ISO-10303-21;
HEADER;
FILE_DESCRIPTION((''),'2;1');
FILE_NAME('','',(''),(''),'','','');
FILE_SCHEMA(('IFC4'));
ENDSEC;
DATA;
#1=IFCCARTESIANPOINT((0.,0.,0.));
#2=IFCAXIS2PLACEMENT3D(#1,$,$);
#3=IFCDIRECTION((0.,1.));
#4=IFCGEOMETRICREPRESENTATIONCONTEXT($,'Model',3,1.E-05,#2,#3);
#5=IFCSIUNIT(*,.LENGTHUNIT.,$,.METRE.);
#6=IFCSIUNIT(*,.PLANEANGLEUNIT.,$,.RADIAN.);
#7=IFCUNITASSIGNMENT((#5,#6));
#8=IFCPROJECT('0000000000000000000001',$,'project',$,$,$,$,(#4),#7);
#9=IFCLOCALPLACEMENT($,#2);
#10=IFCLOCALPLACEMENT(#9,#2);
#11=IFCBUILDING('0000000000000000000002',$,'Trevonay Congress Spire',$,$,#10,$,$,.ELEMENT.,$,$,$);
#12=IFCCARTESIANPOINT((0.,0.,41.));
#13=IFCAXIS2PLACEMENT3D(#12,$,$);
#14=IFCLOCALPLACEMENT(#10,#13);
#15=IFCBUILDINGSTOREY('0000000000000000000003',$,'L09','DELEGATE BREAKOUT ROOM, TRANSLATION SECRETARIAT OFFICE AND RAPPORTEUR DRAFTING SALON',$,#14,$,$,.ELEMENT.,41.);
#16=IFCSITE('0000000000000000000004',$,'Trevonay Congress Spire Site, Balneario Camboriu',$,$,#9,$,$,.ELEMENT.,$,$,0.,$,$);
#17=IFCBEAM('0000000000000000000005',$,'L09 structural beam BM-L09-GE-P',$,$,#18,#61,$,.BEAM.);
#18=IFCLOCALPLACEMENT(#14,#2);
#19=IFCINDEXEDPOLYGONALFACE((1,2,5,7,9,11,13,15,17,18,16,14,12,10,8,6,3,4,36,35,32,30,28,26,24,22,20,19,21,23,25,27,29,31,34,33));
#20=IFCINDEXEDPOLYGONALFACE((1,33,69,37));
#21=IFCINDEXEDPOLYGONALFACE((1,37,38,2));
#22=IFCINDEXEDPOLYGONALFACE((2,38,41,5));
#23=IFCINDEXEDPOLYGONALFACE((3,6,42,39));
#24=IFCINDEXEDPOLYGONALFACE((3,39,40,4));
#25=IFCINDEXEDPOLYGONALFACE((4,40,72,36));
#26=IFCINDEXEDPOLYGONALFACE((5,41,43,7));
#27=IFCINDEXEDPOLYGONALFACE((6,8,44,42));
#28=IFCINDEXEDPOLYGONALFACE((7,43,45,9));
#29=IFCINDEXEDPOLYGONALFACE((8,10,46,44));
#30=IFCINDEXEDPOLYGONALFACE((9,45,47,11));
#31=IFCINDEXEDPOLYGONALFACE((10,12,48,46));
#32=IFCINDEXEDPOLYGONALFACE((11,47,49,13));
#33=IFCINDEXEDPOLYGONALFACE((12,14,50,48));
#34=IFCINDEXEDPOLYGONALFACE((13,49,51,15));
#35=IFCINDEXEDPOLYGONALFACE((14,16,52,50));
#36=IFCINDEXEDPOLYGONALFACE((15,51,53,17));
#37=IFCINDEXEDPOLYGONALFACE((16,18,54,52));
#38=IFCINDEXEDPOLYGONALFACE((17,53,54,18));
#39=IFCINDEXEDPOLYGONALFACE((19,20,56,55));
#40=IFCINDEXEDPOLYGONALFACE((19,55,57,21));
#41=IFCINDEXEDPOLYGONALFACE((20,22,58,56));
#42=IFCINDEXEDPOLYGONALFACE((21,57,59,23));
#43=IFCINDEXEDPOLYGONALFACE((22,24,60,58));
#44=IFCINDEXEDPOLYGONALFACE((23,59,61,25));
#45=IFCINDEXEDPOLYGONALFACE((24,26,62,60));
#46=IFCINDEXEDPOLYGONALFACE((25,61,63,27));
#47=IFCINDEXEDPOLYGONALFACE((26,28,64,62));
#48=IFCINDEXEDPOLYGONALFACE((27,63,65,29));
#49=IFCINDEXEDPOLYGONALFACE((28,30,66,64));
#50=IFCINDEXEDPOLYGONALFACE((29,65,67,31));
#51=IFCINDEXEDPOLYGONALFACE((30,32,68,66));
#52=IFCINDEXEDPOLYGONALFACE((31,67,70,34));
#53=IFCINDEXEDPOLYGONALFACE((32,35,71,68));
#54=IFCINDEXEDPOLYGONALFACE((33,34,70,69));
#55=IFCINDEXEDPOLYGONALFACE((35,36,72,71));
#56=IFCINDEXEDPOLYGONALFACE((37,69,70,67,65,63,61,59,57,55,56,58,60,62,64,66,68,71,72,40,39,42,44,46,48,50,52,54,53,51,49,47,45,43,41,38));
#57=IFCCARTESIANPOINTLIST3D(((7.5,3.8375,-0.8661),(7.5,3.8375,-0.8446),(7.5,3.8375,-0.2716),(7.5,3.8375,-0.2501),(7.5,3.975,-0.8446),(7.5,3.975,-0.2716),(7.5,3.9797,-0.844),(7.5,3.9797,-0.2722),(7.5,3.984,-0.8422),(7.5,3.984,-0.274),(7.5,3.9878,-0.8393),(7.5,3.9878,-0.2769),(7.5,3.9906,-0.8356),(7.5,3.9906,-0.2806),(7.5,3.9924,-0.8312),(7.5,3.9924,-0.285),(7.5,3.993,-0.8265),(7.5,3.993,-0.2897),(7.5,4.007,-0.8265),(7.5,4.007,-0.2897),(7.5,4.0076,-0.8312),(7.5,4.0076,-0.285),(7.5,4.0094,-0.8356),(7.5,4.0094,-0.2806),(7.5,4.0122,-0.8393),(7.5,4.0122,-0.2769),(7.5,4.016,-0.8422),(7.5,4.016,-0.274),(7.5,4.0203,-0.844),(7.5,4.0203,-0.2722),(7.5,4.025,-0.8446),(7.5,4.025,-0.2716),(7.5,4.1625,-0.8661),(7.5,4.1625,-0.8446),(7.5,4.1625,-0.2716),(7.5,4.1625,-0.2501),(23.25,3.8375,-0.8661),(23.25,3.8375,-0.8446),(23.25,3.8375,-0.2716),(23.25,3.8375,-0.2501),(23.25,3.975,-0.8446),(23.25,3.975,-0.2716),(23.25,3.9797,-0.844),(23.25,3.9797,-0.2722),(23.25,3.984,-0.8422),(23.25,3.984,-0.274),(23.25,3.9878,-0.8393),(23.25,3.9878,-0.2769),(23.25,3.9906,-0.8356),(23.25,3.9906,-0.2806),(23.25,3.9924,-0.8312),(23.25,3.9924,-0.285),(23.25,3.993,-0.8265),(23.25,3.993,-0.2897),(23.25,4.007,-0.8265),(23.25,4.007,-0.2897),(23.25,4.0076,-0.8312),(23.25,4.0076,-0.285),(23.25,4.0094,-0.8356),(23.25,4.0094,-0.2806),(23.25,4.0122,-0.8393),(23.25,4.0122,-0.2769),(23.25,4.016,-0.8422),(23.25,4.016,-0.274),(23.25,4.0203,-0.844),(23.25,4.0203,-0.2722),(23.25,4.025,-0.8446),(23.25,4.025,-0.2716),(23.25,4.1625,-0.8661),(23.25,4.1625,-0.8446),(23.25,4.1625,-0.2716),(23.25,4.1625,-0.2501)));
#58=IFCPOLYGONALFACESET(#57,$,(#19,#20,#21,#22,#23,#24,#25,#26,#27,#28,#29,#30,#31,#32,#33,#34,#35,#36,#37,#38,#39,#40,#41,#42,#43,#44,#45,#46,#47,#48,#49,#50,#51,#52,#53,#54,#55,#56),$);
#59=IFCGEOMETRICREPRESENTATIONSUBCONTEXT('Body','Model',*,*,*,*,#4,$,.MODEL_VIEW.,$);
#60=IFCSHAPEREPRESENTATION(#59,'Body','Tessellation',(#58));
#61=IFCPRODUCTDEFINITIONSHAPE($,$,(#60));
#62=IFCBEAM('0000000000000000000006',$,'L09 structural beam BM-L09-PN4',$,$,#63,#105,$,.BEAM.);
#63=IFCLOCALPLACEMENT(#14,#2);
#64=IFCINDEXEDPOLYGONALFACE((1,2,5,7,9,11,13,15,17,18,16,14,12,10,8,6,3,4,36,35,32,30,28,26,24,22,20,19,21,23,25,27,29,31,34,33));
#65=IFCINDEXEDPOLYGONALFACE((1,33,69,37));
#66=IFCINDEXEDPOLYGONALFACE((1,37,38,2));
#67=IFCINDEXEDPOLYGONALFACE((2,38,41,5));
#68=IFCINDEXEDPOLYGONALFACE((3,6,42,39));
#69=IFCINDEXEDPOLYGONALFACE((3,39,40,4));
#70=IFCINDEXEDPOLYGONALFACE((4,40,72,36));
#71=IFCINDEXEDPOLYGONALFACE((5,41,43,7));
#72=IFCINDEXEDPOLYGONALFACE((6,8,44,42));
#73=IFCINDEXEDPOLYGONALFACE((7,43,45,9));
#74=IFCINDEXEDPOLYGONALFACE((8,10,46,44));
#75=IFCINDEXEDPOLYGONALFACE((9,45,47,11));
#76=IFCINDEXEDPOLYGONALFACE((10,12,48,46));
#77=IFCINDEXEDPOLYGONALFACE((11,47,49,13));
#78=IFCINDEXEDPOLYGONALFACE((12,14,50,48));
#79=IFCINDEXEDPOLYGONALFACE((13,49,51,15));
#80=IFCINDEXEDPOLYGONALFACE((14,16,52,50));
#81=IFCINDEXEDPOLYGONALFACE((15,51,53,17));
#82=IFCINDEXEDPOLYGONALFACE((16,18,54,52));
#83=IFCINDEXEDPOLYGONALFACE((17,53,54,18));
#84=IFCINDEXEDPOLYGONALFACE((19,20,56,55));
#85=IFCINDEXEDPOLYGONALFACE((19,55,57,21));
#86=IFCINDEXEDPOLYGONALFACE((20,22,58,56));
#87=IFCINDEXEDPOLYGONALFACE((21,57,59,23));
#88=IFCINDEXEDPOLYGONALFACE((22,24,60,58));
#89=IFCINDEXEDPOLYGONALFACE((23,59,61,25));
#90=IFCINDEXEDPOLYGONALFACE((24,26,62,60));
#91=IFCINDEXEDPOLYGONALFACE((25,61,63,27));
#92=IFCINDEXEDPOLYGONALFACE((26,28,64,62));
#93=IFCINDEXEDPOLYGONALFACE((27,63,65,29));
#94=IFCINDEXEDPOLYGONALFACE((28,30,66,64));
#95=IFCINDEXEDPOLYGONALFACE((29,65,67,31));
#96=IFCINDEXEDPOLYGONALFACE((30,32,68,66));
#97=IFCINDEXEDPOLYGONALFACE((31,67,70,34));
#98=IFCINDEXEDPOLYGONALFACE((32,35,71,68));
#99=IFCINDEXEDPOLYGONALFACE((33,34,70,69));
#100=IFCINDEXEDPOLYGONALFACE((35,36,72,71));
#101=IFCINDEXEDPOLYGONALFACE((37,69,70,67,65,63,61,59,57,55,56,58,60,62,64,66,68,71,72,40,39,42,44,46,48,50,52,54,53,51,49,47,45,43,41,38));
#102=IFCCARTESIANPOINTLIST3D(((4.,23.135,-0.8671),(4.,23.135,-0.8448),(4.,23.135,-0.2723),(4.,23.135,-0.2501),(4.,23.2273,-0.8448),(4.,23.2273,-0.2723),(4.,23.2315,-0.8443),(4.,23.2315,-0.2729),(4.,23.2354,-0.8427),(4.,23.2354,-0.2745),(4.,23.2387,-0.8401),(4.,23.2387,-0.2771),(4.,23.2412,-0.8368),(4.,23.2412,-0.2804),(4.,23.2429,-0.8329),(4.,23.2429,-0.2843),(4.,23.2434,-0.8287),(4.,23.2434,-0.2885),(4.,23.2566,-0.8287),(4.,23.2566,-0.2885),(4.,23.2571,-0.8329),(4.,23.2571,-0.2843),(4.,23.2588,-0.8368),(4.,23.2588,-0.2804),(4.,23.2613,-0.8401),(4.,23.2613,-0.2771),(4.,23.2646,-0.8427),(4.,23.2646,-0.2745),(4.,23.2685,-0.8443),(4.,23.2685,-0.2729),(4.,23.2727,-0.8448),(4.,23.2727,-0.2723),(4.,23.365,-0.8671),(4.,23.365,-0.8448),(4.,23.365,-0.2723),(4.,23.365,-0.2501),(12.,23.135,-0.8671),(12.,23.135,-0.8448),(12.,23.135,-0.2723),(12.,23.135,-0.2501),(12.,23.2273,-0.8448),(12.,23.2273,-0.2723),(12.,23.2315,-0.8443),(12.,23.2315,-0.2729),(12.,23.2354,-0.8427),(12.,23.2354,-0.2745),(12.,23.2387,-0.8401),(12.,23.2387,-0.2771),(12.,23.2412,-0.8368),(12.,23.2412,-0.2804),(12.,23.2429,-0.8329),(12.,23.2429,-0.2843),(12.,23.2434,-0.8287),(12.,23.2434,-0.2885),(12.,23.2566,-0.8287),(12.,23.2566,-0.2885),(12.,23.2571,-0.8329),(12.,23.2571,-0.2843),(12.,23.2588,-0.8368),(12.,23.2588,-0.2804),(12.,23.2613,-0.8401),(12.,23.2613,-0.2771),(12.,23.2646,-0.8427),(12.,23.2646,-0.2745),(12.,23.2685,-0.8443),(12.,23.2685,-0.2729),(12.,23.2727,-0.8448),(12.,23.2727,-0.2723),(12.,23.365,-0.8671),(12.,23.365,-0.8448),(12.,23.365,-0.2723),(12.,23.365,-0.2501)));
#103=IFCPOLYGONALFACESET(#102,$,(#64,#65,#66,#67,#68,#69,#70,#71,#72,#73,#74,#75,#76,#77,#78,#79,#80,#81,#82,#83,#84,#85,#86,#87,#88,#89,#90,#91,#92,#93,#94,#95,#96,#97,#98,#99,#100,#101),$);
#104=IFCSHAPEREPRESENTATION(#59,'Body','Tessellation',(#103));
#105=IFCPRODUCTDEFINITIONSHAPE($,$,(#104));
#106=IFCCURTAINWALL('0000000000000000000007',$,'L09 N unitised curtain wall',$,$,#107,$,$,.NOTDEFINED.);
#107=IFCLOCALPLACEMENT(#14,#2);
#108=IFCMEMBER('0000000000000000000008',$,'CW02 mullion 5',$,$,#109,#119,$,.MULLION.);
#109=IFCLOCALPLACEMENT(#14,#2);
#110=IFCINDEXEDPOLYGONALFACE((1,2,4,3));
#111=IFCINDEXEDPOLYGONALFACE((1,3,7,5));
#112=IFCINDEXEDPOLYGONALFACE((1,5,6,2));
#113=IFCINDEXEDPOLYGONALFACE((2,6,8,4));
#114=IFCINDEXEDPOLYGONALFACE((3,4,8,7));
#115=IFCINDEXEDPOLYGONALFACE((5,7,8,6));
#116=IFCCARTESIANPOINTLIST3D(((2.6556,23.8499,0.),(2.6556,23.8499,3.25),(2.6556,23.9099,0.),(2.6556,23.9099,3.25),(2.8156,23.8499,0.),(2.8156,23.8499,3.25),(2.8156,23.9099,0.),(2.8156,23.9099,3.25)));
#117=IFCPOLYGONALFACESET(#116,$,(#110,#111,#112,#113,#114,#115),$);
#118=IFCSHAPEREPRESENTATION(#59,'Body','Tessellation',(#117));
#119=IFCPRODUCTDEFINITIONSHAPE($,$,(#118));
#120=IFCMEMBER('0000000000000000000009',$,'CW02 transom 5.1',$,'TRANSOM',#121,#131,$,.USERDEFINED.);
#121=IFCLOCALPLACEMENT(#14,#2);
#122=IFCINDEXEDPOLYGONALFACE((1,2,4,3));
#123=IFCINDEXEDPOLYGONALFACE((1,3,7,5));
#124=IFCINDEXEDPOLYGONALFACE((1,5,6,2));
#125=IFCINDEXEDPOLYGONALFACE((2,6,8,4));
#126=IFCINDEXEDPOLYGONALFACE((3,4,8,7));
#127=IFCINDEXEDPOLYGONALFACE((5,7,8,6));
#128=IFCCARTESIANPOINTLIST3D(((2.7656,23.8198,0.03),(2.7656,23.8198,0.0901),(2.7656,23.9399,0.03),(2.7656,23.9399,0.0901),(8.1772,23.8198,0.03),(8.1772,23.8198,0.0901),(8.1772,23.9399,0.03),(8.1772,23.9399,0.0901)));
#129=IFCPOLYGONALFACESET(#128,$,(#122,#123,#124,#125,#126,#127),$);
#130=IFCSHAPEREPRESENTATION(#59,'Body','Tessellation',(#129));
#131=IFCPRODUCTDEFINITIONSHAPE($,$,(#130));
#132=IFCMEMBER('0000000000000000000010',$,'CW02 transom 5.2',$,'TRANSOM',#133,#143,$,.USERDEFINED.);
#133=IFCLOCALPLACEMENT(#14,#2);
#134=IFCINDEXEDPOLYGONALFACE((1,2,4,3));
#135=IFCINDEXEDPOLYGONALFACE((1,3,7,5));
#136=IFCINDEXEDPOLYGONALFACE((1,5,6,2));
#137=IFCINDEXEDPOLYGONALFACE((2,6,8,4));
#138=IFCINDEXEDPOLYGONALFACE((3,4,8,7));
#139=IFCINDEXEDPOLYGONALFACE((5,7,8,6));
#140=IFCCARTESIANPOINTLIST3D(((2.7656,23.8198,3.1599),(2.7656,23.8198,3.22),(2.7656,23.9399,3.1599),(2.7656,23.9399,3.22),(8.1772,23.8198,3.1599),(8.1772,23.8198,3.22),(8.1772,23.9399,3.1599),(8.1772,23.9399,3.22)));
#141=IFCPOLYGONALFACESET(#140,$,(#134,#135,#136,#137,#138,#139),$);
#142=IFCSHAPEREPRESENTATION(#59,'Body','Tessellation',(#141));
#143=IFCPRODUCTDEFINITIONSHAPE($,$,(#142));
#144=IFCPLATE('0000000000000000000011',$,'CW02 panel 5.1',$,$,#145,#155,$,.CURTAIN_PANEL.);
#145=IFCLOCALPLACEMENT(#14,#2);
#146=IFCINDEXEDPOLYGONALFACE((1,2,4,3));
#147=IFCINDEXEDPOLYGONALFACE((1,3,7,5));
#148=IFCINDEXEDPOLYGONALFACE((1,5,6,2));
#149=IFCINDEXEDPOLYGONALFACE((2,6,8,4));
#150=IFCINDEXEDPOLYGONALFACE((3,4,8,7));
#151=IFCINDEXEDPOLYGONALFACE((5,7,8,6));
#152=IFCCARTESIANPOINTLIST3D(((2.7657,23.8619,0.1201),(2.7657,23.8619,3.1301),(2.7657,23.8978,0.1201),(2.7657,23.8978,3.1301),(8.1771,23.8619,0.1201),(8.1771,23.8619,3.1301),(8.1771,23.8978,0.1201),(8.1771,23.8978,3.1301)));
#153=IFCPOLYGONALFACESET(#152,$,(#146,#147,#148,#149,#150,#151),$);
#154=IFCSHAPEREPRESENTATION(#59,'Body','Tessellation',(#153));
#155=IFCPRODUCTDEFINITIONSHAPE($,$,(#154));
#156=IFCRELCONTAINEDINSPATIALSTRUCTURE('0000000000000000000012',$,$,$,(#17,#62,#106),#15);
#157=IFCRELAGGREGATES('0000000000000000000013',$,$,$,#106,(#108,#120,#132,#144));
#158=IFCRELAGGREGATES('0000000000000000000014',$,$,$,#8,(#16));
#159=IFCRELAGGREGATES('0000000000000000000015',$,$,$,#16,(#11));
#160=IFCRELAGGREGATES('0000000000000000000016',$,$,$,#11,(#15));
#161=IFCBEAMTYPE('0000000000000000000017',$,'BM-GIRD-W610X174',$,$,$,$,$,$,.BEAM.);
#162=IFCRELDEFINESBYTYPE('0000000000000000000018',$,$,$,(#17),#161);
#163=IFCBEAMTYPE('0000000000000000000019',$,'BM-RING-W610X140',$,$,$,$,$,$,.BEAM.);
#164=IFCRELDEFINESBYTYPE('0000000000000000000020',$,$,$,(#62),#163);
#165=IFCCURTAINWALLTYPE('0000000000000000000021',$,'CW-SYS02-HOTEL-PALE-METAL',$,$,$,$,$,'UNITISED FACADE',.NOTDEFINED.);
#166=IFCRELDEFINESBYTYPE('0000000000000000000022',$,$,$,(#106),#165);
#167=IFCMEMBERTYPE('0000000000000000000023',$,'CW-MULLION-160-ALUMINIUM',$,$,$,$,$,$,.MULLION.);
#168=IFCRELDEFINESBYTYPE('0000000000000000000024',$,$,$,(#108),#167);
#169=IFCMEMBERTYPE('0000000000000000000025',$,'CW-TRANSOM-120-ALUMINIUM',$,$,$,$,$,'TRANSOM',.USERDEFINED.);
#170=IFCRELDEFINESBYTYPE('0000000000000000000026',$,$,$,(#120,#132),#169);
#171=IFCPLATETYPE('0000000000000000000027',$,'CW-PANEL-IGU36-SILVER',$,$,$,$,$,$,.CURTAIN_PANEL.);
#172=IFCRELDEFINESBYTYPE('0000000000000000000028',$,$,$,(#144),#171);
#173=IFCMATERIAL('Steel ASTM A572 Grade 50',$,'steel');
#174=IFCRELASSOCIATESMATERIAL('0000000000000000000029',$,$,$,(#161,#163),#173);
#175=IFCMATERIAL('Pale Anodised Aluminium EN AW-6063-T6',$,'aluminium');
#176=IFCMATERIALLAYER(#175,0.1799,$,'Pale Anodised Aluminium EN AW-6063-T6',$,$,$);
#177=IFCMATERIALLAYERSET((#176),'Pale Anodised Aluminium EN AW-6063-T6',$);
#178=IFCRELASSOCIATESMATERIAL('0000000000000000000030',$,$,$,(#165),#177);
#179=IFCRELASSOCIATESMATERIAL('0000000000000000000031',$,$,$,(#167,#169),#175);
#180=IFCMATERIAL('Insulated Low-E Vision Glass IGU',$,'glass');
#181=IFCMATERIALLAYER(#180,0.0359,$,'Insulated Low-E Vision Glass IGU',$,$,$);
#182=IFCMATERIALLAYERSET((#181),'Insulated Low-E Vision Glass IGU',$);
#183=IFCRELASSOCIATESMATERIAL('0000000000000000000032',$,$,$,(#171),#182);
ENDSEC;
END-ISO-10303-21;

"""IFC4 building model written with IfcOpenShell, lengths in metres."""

from ifc_helpers import new_model, si_unit, direction, frame, origin, origin_2d, place, context, subcontext, project, spatial, rectangle, i_section, extrude, material, layer, layer_set, material_profile, profile_set, type_object, element, aggregate, save


model = new_model("IFC4")

# Units and contexts
model_context = context("Model", 3, precision=1e-05, world=origin(), true_north=direction((0.0, 1.0)))
body_context = subcontext(model_context, "Body", "Model", "MODEL_VIEW")
ifc_project = project(units=[si_unit("LENGTHUNIT", "METRE"), si_unit("PLANEANGLEUNIT", "RADIAN")], contexts=[model_context])

# Site, building, storey
site_placement = place(None, origin())
site = spatial("IfcSite", under=ifc_project, at=site_placement, Name="Trevonay Congress Spire Site, Balneario Camboriu", CompositionType="ELEMENT", RefElevation=0.0)
building_placement = place(site_placement, origin())
building = spatial("IfcBuilding", under=site, at=building_placement, Name="Trevonay Congress Spire", CompositionType="ELEMENT")
storey_placement = place(building_placement, frame((0.0, 0.0, 41.0)))
storey = spatial("IfcBuildingStorey", under=building, at=storey_placement, Name="L09", Description="DELEGATE BREAKOUT ROOM, TRANSLATION SECRETARIAT OFFICE AND RAPPORTEUR DRAFTING SALON", CompositionType="ELEMENT", Elevation=41.0)

# Shared definitions
ifc_material_1 = material(Name="Steel ASTM A572 Grade 50", Category="steel")

# Beams
ifc_material_profile_1 = material_profile(ifc_material_1, i_section(OverallWidth=0.325, OverallDepth=0.616, WebThickness=0.0139, FlangeThickness=0.0215, FilletRadius=0.0181, at=origin_2d()), Name="W610x174")
ifc_profile_set_1 = profile_set([ifc_material_profile_1], Name="Steel ASTM A572 Grade 50")
beam_type_1 = type_object("IfcBeamType", Name="BM-GIRD-W610X174", PredefinedType="BEAM", material=ifc_profile_set_1)
for number, where, z_axis, x_axis, name in (
    (1, (7.5, 4.0, -0.5581), (1.0, 0.0, 0.0), (0.0, 1.0, 0.0), "L09 structural beam BM-L09-GE-P"),
):
    element("IfcBeam", number, at=place(storey_placement, frame(where, z_axis=z_axis, x_axis=x_axis)), inside=storey, type_object=beam_type_1, Name=name, PredefinedType="BEAM", context=body_context, shape_type="SweptSolid", body=[
        extrude(i_section(OverallWidth=0.325, OverallDepth=0.616, WebThickness=0.0139, FlangeThickness=0.0215, FilletRadius=0.0181, at=origin_2d()), origin(), (0.0, 0.0, 1.0), 15.75),
    ])
ifc_material_profile_2 = material_profile(ifc_material_1, i_section(OverallWidth=0.23, OverallDepth=0.6169, WebThickness=0.0132, FlangeThickness=0.0222, FilletRadius=0.0161, at=origin_2d()), Name="W610x140")
ifc_profile_set_2 = profile_set([ifc_material_profile_2], Name="Steel ASTM A572 Grade 50")
beam_type_2 = type_object("IfcBeamType", Name="BM-RING-W610X140", PredefinedType="BEAM", material=ifc_profile_set_2)
beam_1_placement = place(storey_placement, frame((4.0, 23.25, -0.5586), z_axis=(1.0, 0.0, 0.0), x_axis=(0.0, 1.0, 0.0)))
element("IfcBeam", 2, at=beam_1_placement, inside=storey, type_object=beam_type_2, Name="L09 structural beam BM-L09-PN4", PredefinedType="BEAM", context=body_context, shape_type="SweptSolid", body=[
    extrude(i_section(OverallWidth=0.23, OverallDepth=0.6169, WebThickness=0.0132, FlangeThickness=0.0222, FilletRadius=0.0161, at=origin_2d()), origin(), (0.0, 0.0, 1.0), 8.0),
])

# Curtain wall, members, plate
ifc_material_2 = material(Name="Pale Anodised Aluminium EN AW-6063-T6", Category="aluminium")
ifc_layer_1 = layer(ifc_material_2, 0.1799, Name="Pale Anodised Aluminium EN AW-6063-T6")
ifc_layer_set_1 = layer_set([ifc_layer_1], Name="Pale Anodised Aluminium EN AW-6063-T6")
curtain_wall_type = type_object("IfcCurtainWallType", Name="CW-SYS02-HOTEL-PALE-METAL", ElementType="UNITISED FACADE", PredefinedType="NOTDEFINED", material=ifc_layer_set_1)
curtain_wall_placement = place(storey_placement, origin())
curtain_wall = element("IfcCurtainWall", 3, at=curtain_wall_placement, inside=storey, type_object=curtain_wall_type, Name="L09 N unitised curtain wall", PredefinedType="NOTDEFINED")
ifc_material_profile_3 = material_profile(ifc_material_2, rectangle(XDim=0.0601, YDim=0.1599, at=origin_2d()), Name="CW-MULLION-160-ALUMINIUM")
ifc_profile_set_3 = profile_set([ifc_material_profile_3], Name="Pale Anodised Aluminium EN AW-6063-T6")
member_type_1 = type_object("IfcMemberType", Name="CW-MULLION-160-ALUMINIUM", PredefinedType="MULLION", material=ifc_profile_set_3)
member_1_placement = place(storey_placement, frame((2.7356, 23.8799, 0.0), z_axis=(0.0, 0.0, 1.0), x_axis=(0.0, 1.0, 0.0)))
member_1 = element("IfcMember", 4, at=member_1_placement, type_object=member_type_1, Name="CW02 mullion 5", PredefinedType="MULLION", context=body_context, shape_type="SweptSolid", body=[
    extrude(rectangle(XDim=0.0601, YDim=0.1599, at=origin_2d()), origin(), (0.0, 0.0, 1.0), 3.25),
])
ifc_material_profile_4 = material_profile(ifc_material_2, rectangle(XDim=0.1201, YDim=0.0601, at=origin_2d()), Name="CW-TRANSOM-120-ALUMINIUM")
ifc_profile_set_4 = profile_set([ifc_material_profile_4], Name="Pale Anodised Aluminium EN AW-6063-T6")
member_type_2 = type_object("IfcMemberType", Name="CW-TRANSOM-120-ALUMINIUM", ElementType="TRANSOM", PredefinedType="USERDEFINED", material=ifc_profile_set_4)
member_2_placement = place(storey_placement, frame((2.7656, 23.8799, 0.0601), z_axis=(1.0, 0.0, 0.0), x_axis=(0.0, 1.0, 0.0)))
member_2 = element("IfcMember", 5, at=member_2_placement, type_object=member_type_2, Name="CW02 transom 5.1", ObjectType="TRANSOM", PredefinedType="USERDEFINED", context=body_context, shape_type="SweptSolid", body=[
    extrude(rectangle(XDim=0.1201, YDim=0.0601, at=origin_2d()), origin(), (0.0, 0.0, 1.0), 5.4116),
])
member_3_placement = place(storey_placement, frame((2.7656, 23.8799, 3.1899), z_axis=(1.0, 0.0, 0.0), x_axis=(0.0, 1.0, 0.0)))
member_3 = element("IfcMember", 6, at=member_3_placement, type_object=member_type_2, Name="CW02 transom 5.2", ObjectType="TRANSOM", PredefinedType="USERDEFINED", context=body_context, shape_type="SweptSolid", body=[
    extrude(rectangle(XDim=0.1201, YDim=0.0601, at=origin_2d()), origin(), (0.0, 0.0, 1.0), 5.4116),
])
ifc_material_3 = material(Name="Insulated Low-E Vision Glass IGU", Category="glass")
ifc_layer_2 = layer(ifc_material_3, 0.0359, Name="Insulated Low-E Vision Glass IGU")
ifc_layer_set_2 = layer_set([ifc_layer_2], Name="Insulated Low-E Vision Glass IGU")
plate_type = type_object("IfcPlateType", Name="CW-PANEL-IGU36-SILVER", PredefinedType="CURTAIN_PANEL", material=ifc_layer_set_2)
plate_placement = place(storey_placement, frame((5.4714, 23.8799, 0.1201), z_axis=(0.0, 0.0, 1.0), x_axis=(1.0, 0.0, 0.0)))
plate = element("IfcPlate", 7, at=plate_placement, type_object=plate_type, Name="CW02 panel 5.1", PredefinedType="CURTAIN_PANEL", context=body_context, shape_type="SweptSolid", body=[
    extrude(rectangle(XDim=5.4114, YDim=0.0359, at=origin_2d()), origin(), (0.0, 0.0, 1.0), 3.01),
])
aggregate(curtain_wall, [member_1, member_2, member_3, plate])

save(model, "model.ifc")
